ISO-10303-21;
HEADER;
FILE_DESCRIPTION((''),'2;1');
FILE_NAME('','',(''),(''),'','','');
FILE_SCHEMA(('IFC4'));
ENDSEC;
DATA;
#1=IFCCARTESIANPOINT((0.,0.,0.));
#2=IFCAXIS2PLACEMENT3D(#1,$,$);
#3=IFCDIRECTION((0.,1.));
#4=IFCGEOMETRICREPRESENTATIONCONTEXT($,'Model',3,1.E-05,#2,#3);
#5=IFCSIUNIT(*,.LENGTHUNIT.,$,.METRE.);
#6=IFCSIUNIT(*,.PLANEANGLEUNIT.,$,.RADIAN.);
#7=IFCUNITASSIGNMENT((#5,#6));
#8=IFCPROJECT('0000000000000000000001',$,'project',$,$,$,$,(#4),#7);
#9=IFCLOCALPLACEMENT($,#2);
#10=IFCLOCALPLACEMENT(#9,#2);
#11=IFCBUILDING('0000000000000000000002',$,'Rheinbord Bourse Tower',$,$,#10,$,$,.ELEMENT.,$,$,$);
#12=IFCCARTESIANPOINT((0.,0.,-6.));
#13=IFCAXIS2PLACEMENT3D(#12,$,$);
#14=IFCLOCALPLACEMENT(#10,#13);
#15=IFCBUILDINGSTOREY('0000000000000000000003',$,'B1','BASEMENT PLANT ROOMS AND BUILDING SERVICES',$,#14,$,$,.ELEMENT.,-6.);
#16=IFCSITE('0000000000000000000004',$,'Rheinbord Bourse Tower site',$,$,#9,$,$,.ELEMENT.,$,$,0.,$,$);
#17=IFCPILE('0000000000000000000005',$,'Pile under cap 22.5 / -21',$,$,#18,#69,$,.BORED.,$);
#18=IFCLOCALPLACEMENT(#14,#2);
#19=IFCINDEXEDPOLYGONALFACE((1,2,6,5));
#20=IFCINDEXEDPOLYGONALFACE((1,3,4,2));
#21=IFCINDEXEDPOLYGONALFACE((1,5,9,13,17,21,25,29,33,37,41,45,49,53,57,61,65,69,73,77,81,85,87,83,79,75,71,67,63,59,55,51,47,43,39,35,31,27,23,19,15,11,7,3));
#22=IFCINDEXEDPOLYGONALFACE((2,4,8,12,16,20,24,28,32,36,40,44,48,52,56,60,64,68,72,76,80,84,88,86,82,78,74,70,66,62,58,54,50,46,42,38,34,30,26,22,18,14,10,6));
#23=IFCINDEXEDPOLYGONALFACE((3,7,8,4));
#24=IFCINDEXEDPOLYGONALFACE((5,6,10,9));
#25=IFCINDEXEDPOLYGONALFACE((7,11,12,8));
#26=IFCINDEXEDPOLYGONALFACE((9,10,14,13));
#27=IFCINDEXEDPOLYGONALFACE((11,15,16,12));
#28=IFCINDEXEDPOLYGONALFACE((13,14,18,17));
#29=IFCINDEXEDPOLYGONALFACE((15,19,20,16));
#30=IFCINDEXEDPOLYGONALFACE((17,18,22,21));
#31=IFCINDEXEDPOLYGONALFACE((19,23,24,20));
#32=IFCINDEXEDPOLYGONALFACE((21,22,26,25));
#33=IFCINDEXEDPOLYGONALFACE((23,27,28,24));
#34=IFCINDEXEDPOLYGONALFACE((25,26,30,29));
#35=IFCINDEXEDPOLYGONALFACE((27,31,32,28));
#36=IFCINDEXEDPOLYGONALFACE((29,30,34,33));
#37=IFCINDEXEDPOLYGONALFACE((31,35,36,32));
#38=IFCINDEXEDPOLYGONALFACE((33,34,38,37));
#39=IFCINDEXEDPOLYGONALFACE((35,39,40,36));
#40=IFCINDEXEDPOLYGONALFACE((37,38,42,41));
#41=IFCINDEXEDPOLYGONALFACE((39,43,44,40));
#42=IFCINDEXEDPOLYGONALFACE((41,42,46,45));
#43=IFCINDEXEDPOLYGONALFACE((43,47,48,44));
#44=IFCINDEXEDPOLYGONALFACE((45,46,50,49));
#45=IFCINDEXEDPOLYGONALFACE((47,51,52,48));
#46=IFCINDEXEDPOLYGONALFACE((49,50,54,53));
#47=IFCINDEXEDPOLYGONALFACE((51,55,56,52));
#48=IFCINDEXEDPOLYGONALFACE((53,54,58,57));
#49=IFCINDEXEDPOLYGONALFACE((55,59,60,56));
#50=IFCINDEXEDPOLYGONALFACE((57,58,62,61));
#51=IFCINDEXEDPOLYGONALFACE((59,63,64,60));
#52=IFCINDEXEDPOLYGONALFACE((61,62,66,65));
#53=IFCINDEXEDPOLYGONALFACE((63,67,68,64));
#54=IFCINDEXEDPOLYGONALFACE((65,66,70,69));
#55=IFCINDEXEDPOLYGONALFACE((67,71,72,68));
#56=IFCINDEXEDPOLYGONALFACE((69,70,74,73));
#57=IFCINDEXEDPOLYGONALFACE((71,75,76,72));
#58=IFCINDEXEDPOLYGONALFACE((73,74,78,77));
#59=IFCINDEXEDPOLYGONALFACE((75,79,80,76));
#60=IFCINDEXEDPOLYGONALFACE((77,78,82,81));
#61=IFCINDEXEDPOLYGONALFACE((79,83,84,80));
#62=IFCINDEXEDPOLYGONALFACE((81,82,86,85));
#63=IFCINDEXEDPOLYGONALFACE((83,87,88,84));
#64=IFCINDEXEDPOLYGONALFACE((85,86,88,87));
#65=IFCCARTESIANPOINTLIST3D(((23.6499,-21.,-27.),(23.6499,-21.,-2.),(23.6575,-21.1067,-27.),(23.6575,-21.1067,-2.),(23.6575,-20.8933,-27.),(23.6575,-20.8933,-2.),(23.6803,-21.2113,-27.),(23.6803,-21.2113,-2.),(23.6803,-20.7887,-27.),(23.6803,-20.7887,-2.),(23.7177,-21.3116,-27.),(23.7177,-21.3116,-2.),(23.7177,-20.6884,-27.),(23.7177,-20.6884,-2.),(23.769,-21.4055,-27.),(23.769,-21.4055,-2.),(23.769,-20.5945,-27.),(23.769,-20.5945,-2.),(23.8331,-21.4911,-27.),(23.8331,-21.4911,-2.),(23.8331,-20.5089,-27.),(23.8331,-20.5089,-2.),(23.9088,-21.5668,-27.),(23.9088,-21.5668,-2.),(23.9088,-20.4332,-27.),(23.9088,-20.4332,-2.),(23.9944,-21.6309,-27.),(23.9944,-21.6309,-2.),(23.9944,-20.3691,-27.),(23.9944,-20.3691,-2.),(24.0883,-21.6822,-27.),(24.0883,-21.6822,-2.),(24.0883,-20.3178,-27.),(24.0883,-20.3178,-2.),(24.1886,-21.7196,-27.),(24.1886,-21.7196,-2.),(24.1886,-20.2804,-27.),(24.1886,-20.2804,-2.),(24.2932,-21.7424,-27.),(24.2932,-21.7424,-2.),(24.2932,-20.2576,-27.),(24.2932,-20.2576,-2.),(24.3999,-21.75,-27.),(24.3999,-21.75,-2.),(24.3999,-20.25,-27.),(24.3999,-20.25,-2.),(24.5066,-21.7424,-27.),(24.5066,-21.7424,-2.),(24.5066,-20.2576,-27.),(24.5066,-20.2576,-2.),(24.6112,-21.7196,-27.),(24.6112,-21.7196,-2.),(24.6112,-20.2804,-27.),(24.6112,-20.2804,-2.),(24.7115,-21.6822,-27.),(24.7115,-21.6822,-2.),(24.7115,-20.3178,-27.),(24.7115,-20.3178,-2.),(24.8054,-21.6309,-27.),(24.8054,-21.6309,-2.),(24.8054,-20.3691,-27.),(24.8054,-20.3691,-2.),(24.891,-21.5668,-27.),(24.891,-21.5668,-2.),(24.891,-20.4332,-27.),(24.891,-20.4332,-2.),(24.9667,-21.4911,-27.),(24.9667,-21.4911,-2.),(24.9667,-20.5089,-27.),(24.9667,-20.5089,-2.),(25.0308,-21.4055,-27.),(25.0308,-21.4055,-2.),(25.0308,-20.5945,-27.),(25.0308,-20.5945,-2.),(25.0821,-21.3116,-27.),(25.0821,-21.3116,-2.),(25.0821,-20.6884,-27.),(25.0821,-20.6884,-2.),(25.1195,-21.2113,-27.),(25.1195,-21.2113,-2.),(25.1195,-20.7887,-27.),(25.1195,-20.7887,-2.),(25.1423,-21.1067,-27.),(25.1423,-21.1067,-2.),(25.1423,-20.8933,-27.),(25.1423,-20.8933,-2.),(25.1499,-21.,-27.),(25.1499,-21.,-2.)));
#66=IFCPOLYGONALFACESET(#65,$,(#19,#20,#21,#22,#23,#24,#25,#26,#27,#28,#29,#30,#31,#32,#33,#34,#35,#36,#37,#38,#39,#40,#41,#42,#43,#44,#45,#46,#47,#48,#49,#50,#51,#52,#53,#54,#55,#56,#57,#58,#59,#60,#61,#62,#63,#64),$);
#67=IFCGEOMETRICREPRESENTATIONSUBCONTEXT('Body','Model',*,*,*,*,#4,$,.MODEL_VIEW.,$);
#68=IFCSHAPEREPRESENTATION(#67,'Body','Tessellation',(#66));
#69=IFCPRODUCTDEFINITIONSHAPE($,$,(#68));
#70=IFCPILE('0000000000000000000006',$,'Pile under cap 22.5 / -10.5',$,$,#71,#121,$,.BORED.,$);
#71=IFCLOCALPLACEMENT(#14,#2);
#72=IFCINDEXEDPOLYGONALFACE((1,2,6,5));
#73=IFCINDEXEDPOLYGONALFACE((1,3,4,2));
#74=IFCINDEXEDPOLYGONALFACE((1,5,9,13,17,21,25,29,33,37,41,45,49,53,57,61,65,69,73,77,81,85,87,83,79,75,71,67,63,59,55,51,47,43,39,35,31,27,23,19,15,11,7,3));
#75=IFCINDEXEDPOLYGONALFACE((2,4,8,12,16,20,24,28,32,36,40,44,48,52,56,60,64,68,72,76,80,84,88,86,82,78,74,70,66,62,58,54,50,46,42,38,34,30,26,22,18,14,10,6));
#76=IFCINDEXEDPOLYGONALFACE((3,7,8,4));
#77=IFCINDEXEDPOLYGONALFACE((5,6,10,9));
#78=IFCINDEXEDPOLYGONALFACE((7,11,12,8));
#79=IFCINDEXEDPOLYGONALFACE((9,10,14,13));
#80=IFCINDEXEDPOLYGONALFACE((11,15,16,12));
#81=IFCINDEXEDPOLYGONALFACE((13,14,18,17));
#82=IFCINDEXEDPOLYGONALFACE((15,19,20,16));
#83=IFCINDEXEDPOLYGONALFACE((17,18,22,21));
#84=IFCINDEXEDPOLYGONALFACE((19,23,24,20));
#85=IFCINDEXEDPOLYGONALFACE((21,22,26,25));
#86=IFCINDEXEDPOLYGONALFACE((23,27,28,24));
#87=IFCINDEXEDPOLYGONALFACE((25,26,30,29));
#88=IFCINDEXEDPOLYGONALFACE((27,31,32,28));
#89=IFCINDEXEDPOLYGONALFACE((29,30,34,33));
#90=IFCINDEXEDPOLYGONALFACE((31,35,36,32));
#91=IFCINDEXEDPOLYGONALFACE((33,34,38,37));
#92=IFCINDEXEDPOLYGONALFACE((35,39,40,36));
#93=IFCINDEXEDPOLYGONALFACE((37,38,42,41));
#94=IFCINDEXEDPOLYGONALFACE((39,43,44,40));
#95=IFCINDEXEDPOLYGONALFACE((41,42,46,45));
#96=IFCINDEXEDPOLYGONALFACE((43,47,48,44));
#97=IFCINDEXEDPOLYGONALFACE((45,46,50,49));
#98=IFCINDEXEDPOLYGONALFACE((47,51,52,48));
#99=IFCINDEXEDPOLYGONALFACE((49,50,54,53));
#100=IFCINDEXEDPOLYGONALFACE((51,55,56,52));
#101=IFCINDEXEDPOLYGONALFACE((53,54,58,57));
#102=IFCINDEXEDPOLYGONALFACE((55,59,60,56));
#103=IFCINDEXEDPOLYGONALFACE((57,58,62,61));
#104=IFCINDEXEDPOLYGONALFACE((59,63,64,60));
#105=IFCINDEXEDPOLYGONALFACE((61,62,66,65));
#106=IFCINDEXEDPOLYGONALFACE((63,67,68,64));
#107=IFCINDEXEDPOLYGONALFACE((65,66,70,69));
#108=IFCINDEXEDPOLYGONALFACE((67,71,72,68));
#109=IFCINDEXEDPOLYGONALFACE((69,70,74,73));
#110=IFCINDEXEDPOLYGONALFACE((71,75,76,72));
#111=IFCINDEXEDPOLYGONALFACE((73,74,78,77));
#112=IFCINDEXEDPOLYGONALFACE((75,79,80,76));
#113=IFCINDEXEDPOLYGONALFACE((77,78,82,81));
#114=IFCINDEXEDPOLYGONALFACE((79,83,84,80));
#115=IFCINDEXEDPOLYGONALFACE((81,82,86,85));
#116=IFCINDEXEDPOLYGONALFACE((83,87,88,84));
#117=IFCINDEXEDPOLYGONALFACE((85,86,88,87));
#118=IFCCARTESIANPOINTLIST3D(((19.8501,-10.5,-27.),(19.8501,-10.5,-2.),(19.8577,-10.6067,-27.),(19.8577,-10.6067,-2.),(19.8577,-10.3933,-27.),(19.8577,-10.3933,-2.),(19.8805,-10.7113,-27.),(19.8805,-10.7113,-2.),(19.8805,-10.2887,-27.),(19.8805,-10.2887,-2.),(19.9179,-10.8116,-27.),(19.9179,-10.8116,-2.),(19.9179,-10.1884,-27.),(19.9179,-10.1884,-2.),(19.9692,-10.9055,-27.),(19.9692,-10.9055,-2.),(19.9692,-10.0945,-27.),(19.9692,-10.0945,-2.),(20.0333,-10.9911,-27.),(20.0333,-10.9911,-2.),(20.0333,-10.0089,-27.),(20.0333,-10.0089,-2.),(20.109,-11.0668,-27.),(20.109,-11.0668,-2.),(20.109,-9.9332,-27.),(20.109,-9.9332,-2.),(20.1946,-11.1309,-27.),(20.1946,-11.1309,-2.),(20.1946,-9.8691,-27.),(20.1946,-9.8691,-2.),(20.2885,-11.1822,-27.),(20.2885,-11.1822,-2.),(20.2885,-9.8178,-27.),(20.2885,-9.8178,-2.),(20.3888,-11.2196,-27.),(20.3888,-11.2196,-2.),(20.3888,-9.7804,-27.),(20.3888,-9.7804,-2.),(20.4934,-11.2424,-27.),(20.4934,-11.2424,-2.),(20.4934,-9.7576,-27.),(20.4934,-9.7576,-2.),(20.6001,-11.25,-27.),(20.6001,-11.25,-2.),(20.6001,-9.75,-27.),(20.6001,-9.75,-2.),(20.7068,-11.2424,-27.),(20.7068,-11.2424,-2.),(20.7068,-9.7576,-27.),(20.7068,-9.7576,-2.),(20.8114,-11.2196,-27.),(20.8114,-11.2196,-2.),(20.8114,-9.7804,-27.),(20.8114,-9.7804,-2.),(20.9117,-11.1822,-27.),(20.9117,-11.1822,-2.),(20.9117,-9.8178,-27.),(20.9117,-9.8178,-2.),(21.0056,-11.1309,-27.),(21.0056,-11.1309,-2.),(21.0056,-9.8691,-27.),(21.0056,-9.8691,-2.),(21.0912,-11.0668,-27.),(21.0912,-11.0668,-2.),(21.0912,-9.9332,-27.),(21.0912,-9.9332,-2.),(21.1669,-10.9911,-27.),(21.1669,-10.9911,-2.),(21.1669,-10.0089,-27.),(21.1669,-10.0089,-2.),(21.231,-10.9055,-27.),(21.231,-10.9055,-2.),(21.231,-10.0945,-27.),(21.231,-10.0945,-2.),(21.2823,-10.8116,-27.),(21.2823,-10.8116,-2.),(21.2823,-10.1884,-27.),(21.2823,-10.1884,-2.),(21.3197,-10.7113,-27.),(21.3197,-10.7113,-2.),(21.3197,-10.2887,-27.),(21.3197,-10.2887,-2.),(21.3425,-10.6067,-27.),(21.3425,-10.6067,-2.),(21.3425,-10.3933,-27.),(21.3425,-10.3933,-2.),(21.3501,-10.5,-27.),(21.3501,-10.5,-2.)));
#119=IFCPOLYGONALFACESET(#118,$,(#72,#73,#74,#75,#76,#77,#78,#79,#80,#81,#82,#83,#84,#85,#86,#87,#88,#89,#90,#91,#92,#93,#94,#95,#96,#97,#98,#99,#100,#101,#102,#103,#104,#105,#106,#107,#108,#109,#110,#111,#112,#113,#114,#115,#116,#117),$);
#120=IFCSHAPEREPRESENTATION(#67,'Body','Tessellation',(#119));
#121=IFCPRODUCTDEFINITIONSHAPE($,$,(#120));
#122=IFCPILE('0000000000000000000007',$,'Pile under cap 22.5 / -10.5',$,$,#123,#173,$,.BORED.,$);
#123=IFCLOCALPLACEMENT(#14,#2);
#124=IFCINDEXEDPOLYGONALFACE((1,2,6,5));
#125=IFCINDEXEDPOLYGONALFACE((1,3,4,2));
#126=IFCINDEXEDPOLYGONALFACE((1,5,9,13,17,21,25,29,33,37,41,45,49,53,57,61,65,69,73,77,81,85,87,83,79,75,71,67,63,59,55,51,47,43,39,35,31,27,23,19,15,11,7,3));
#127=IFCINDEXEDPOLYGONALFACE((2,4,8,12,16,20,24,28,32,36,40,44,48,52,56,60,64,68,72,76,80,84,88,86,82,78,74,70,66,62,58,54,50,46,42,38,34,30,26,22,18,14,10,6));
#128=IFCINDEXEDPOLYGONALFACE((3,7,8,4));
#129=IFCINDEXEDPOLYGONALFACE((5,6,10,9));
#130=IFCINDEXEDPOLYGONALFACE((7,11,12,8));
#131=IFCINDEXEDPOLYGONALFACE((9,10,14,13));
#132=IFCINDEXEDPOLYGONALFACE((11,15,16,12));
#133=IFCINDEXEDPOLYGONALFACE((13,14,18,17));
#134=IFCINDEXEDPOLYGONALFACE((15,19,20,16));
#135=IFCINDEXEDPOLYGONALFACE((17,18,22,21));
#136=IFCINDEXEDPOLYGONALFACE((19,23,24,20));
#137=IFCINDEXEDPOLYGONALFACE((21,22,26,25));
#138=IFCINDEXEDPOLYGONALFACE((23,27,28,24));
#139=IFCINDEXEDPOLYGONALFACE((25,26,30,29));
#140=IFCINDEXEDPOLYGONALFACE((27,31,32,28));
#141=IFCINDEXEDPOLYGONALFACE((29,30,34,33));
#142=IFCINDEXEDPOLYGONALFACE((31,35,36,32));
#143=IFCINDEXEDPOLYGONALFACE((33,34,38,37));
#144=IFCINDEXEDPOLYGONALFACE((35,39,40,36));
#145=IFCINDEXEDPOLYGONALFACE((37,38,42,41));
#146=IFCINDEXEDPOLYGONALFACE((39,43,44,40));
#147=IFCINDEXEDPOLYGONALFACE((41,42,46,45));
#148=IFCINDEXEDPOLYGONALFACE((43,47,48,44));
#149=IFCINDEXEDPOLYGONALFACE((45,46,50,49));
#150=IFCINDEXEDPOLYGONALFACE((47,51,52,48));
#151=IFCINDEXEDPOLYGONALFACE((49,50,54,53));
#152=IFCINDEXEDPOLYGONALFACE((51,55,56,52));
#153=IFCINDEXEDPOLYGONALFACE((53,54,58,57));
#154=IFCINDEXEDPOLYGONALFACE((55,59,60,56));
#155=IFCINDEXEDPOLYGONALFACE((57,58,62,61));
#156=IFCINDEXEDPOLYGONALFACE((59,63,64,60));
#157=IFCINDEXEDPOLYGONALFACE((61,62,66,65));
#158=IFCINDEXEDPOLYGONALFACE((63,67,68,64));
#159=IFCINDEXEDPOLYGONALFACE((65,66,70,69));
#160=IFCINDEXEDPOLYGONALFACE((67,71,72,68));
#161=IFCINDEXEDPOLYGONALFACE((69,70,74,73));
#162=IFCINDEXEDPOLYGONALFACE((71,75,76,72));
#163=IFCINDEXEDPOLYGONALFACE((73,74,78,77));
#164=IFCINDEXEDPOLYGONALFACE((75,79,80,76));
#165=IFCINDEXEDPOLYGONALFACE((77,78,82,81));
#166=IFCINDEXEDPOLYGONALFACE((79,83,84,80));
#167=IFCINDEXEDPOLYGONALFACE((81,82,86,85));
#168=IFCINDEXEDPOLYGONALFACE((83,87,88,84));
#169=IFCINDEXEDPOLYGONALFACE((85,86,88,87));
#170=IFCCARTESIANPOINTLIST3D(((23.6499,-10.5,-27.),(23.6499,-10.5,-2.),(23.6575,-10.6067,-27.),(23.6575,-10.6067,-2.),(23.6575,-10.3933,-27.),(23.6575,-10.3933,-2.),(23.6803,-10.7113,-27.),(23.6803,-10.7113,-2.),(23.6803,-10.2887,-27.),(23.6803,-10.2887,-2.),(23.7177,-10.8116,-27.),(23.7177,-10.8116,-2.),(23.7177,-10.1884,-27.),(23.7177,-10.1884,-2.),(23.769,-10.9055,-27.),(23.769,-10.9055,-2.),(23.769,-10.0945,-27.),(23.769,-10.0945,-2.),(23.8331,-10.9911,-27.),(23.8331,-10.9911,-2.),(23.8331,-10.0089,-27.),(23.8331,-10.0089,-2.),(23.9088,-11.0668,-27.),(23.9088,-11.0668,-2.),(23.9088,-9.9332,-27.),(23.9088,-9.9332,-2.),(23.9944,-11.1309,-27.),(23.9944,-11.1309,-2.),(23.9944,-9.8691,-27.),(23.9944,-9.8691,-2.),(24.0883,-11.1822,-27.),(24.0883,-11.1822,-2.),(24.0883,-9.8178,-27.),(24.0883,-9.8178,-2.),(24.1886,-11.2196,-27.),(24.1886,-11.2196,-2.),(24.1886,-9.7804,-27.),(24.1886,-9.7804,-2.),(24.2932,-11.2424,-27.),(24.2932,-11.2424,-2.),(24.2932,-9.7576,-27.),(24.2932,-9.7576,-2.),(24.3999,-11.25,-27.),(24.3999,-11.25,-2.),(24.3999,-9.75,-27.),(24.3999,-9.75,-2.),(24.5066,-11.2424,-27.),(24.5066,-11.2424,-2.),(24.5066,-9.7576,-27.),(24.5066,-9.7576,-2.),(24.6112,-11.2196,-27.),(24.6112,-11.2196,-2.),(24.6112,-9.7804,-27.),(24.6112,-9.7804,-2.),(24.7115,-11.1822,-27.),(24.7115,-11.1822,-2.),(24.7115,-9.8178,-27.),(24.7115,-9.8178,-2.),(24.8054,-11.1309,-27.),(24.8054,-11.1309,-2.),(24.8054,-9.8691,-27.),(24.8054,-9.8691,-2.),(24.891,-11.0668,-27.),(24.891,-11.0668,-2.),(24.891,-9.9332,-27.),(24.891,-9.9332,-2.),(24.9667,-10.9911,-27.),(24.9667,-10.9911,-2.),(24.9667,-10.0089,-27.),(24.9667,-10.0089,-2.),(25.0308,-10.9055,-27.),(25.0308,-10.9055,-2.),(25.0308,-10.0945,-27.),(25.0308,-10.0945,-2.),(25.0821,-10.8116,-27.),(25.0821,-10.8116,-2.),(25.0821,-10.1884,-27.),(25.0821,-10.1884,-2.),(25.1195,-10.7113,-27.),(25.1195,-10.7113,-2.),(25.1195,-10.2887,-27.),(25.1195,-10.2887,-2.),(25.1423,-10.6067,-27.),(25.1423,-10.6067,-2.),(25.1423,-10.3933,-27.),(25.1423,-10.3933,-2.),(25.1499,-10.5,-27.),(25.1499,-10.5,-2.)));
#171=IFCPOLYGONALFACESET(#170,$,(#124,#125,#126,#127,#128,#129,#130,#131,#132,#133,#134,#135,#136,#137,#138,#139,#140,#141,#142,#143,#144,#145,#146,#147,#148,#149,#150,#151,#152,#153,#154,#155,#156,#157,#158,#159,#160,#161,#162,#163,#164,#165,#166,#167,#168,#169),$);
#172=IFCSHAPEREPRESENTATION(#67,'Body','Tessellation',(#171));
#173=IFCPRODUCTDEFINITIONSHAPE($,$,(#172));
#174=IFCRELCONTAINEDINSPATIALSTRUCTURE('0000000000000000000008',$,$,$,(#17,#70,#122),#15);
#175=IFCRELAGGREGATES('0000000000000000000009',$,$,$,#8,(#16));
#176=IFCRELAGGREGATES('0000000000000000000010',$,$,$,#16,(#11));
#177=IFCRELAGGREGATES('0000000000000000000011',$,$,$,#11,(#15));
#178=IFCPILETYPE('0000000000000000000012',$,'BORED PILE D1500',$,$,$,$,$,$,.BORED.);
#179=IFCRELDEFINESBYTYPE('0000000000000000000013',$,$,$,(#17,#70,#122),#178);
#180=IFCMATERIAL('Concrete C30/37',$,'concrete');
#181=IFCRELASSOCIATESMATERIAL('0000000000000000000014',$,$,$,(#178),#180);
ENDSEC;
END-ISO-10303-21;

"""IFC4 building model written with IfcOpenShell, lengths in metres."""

from ifc_helpers import new_model, si_unit, direction, frame, origin, origin_2d, place, context, subcontext, project, spatial, circle, extrude, material, material_profile, profile_set, type_object, element, save


model = new_model("IFC4")

# Units and contexts
model_context = context("Model", 3, precision=1e-05, world=origin(), true_north=direction((0.0, 1.0)))
body_context = subcontext(model_context, "Body", "Model", "MODEL_VIEW")
ifc_project = project(units=[si_unit("LENGTHUNIT", "METRE"), si_unit("PLANEANGLEUNIT", "RADIAN")], contexts=[model_context])

# Site, building, storey
site_placement = place(None, origin())
site = spatial("IfcSite", under=ifc_project, at=site_placement, Name="Rheinbord Bourse Tower site", CompositionType="ELEMENT", RefElevation=0.0)
building_placement = place(site_placement, origin())
building = spatial("IfcBuilding", under=site, at=building_placement, Name="Rheinbord Bourse Tower", CompositionType="ELEMENT")
storey_placement = place(building_placement, frame((0.0, 0.0, -6.0)))
storey = spatial("IfcBuildingStorey", under=building, at=storey_placement, Name="B1", Description="BASEMENT PLANT ROOMS AND BUILDING SERVICES", CompositionType="ELEMENT", Elevation=-6.0)

# Piles
ifc_material_1 = material(Name="Concrete C30/37", Category="concrete")
ifc_material_profile_1 = material_profile(ifc_material_1, circle(Radius=0.75, at=origin_2d()), Name="D1500")
ifc_profile_set_1 = profile_set([ifc_material_profile_1], Name="Concrete C30/37")
pile_type = type_object("IfcPileType", Name="BORED PILE D1500", PredefinedType="BORED", material=ifc_profile_set_1)
for number, where, z_axis, x_axis, name in (
    (1, (24.3999, -21.0, -2.0), (0.0, 0.0, -1.0), (1.0, 0.0, 0.0), "Pile under cap 22.5 / -21"),
    (2, (20.6001, -10.5, -2.0), (0.0, 0.0, -1.0), (1.0, 0.0, 0.0), "Pile under cap 22.5 / -10.5"),
    (3, (24.3999, -10.5, -2.0), (0.0, 0.0, -1.0), (1.0, 0.0, 0.0), "Pile under cap 22.5 / -10.5"),
):
    element("IfcPile", number, at=place(storey_placement, frame(where, z_axis=z_axis, x_axis=x_axis)), inside=storey, type_object=pile_type, Name=name, PredefinedType="BORED", context=body_context, shape_type="SweptSolid", body=[
        extrude(circle(Radius=0.75, at=origin_2d()), origin(), (0.0, 0.0, 1.0), 25.0),
    ])

save(model, "model.ifc")
